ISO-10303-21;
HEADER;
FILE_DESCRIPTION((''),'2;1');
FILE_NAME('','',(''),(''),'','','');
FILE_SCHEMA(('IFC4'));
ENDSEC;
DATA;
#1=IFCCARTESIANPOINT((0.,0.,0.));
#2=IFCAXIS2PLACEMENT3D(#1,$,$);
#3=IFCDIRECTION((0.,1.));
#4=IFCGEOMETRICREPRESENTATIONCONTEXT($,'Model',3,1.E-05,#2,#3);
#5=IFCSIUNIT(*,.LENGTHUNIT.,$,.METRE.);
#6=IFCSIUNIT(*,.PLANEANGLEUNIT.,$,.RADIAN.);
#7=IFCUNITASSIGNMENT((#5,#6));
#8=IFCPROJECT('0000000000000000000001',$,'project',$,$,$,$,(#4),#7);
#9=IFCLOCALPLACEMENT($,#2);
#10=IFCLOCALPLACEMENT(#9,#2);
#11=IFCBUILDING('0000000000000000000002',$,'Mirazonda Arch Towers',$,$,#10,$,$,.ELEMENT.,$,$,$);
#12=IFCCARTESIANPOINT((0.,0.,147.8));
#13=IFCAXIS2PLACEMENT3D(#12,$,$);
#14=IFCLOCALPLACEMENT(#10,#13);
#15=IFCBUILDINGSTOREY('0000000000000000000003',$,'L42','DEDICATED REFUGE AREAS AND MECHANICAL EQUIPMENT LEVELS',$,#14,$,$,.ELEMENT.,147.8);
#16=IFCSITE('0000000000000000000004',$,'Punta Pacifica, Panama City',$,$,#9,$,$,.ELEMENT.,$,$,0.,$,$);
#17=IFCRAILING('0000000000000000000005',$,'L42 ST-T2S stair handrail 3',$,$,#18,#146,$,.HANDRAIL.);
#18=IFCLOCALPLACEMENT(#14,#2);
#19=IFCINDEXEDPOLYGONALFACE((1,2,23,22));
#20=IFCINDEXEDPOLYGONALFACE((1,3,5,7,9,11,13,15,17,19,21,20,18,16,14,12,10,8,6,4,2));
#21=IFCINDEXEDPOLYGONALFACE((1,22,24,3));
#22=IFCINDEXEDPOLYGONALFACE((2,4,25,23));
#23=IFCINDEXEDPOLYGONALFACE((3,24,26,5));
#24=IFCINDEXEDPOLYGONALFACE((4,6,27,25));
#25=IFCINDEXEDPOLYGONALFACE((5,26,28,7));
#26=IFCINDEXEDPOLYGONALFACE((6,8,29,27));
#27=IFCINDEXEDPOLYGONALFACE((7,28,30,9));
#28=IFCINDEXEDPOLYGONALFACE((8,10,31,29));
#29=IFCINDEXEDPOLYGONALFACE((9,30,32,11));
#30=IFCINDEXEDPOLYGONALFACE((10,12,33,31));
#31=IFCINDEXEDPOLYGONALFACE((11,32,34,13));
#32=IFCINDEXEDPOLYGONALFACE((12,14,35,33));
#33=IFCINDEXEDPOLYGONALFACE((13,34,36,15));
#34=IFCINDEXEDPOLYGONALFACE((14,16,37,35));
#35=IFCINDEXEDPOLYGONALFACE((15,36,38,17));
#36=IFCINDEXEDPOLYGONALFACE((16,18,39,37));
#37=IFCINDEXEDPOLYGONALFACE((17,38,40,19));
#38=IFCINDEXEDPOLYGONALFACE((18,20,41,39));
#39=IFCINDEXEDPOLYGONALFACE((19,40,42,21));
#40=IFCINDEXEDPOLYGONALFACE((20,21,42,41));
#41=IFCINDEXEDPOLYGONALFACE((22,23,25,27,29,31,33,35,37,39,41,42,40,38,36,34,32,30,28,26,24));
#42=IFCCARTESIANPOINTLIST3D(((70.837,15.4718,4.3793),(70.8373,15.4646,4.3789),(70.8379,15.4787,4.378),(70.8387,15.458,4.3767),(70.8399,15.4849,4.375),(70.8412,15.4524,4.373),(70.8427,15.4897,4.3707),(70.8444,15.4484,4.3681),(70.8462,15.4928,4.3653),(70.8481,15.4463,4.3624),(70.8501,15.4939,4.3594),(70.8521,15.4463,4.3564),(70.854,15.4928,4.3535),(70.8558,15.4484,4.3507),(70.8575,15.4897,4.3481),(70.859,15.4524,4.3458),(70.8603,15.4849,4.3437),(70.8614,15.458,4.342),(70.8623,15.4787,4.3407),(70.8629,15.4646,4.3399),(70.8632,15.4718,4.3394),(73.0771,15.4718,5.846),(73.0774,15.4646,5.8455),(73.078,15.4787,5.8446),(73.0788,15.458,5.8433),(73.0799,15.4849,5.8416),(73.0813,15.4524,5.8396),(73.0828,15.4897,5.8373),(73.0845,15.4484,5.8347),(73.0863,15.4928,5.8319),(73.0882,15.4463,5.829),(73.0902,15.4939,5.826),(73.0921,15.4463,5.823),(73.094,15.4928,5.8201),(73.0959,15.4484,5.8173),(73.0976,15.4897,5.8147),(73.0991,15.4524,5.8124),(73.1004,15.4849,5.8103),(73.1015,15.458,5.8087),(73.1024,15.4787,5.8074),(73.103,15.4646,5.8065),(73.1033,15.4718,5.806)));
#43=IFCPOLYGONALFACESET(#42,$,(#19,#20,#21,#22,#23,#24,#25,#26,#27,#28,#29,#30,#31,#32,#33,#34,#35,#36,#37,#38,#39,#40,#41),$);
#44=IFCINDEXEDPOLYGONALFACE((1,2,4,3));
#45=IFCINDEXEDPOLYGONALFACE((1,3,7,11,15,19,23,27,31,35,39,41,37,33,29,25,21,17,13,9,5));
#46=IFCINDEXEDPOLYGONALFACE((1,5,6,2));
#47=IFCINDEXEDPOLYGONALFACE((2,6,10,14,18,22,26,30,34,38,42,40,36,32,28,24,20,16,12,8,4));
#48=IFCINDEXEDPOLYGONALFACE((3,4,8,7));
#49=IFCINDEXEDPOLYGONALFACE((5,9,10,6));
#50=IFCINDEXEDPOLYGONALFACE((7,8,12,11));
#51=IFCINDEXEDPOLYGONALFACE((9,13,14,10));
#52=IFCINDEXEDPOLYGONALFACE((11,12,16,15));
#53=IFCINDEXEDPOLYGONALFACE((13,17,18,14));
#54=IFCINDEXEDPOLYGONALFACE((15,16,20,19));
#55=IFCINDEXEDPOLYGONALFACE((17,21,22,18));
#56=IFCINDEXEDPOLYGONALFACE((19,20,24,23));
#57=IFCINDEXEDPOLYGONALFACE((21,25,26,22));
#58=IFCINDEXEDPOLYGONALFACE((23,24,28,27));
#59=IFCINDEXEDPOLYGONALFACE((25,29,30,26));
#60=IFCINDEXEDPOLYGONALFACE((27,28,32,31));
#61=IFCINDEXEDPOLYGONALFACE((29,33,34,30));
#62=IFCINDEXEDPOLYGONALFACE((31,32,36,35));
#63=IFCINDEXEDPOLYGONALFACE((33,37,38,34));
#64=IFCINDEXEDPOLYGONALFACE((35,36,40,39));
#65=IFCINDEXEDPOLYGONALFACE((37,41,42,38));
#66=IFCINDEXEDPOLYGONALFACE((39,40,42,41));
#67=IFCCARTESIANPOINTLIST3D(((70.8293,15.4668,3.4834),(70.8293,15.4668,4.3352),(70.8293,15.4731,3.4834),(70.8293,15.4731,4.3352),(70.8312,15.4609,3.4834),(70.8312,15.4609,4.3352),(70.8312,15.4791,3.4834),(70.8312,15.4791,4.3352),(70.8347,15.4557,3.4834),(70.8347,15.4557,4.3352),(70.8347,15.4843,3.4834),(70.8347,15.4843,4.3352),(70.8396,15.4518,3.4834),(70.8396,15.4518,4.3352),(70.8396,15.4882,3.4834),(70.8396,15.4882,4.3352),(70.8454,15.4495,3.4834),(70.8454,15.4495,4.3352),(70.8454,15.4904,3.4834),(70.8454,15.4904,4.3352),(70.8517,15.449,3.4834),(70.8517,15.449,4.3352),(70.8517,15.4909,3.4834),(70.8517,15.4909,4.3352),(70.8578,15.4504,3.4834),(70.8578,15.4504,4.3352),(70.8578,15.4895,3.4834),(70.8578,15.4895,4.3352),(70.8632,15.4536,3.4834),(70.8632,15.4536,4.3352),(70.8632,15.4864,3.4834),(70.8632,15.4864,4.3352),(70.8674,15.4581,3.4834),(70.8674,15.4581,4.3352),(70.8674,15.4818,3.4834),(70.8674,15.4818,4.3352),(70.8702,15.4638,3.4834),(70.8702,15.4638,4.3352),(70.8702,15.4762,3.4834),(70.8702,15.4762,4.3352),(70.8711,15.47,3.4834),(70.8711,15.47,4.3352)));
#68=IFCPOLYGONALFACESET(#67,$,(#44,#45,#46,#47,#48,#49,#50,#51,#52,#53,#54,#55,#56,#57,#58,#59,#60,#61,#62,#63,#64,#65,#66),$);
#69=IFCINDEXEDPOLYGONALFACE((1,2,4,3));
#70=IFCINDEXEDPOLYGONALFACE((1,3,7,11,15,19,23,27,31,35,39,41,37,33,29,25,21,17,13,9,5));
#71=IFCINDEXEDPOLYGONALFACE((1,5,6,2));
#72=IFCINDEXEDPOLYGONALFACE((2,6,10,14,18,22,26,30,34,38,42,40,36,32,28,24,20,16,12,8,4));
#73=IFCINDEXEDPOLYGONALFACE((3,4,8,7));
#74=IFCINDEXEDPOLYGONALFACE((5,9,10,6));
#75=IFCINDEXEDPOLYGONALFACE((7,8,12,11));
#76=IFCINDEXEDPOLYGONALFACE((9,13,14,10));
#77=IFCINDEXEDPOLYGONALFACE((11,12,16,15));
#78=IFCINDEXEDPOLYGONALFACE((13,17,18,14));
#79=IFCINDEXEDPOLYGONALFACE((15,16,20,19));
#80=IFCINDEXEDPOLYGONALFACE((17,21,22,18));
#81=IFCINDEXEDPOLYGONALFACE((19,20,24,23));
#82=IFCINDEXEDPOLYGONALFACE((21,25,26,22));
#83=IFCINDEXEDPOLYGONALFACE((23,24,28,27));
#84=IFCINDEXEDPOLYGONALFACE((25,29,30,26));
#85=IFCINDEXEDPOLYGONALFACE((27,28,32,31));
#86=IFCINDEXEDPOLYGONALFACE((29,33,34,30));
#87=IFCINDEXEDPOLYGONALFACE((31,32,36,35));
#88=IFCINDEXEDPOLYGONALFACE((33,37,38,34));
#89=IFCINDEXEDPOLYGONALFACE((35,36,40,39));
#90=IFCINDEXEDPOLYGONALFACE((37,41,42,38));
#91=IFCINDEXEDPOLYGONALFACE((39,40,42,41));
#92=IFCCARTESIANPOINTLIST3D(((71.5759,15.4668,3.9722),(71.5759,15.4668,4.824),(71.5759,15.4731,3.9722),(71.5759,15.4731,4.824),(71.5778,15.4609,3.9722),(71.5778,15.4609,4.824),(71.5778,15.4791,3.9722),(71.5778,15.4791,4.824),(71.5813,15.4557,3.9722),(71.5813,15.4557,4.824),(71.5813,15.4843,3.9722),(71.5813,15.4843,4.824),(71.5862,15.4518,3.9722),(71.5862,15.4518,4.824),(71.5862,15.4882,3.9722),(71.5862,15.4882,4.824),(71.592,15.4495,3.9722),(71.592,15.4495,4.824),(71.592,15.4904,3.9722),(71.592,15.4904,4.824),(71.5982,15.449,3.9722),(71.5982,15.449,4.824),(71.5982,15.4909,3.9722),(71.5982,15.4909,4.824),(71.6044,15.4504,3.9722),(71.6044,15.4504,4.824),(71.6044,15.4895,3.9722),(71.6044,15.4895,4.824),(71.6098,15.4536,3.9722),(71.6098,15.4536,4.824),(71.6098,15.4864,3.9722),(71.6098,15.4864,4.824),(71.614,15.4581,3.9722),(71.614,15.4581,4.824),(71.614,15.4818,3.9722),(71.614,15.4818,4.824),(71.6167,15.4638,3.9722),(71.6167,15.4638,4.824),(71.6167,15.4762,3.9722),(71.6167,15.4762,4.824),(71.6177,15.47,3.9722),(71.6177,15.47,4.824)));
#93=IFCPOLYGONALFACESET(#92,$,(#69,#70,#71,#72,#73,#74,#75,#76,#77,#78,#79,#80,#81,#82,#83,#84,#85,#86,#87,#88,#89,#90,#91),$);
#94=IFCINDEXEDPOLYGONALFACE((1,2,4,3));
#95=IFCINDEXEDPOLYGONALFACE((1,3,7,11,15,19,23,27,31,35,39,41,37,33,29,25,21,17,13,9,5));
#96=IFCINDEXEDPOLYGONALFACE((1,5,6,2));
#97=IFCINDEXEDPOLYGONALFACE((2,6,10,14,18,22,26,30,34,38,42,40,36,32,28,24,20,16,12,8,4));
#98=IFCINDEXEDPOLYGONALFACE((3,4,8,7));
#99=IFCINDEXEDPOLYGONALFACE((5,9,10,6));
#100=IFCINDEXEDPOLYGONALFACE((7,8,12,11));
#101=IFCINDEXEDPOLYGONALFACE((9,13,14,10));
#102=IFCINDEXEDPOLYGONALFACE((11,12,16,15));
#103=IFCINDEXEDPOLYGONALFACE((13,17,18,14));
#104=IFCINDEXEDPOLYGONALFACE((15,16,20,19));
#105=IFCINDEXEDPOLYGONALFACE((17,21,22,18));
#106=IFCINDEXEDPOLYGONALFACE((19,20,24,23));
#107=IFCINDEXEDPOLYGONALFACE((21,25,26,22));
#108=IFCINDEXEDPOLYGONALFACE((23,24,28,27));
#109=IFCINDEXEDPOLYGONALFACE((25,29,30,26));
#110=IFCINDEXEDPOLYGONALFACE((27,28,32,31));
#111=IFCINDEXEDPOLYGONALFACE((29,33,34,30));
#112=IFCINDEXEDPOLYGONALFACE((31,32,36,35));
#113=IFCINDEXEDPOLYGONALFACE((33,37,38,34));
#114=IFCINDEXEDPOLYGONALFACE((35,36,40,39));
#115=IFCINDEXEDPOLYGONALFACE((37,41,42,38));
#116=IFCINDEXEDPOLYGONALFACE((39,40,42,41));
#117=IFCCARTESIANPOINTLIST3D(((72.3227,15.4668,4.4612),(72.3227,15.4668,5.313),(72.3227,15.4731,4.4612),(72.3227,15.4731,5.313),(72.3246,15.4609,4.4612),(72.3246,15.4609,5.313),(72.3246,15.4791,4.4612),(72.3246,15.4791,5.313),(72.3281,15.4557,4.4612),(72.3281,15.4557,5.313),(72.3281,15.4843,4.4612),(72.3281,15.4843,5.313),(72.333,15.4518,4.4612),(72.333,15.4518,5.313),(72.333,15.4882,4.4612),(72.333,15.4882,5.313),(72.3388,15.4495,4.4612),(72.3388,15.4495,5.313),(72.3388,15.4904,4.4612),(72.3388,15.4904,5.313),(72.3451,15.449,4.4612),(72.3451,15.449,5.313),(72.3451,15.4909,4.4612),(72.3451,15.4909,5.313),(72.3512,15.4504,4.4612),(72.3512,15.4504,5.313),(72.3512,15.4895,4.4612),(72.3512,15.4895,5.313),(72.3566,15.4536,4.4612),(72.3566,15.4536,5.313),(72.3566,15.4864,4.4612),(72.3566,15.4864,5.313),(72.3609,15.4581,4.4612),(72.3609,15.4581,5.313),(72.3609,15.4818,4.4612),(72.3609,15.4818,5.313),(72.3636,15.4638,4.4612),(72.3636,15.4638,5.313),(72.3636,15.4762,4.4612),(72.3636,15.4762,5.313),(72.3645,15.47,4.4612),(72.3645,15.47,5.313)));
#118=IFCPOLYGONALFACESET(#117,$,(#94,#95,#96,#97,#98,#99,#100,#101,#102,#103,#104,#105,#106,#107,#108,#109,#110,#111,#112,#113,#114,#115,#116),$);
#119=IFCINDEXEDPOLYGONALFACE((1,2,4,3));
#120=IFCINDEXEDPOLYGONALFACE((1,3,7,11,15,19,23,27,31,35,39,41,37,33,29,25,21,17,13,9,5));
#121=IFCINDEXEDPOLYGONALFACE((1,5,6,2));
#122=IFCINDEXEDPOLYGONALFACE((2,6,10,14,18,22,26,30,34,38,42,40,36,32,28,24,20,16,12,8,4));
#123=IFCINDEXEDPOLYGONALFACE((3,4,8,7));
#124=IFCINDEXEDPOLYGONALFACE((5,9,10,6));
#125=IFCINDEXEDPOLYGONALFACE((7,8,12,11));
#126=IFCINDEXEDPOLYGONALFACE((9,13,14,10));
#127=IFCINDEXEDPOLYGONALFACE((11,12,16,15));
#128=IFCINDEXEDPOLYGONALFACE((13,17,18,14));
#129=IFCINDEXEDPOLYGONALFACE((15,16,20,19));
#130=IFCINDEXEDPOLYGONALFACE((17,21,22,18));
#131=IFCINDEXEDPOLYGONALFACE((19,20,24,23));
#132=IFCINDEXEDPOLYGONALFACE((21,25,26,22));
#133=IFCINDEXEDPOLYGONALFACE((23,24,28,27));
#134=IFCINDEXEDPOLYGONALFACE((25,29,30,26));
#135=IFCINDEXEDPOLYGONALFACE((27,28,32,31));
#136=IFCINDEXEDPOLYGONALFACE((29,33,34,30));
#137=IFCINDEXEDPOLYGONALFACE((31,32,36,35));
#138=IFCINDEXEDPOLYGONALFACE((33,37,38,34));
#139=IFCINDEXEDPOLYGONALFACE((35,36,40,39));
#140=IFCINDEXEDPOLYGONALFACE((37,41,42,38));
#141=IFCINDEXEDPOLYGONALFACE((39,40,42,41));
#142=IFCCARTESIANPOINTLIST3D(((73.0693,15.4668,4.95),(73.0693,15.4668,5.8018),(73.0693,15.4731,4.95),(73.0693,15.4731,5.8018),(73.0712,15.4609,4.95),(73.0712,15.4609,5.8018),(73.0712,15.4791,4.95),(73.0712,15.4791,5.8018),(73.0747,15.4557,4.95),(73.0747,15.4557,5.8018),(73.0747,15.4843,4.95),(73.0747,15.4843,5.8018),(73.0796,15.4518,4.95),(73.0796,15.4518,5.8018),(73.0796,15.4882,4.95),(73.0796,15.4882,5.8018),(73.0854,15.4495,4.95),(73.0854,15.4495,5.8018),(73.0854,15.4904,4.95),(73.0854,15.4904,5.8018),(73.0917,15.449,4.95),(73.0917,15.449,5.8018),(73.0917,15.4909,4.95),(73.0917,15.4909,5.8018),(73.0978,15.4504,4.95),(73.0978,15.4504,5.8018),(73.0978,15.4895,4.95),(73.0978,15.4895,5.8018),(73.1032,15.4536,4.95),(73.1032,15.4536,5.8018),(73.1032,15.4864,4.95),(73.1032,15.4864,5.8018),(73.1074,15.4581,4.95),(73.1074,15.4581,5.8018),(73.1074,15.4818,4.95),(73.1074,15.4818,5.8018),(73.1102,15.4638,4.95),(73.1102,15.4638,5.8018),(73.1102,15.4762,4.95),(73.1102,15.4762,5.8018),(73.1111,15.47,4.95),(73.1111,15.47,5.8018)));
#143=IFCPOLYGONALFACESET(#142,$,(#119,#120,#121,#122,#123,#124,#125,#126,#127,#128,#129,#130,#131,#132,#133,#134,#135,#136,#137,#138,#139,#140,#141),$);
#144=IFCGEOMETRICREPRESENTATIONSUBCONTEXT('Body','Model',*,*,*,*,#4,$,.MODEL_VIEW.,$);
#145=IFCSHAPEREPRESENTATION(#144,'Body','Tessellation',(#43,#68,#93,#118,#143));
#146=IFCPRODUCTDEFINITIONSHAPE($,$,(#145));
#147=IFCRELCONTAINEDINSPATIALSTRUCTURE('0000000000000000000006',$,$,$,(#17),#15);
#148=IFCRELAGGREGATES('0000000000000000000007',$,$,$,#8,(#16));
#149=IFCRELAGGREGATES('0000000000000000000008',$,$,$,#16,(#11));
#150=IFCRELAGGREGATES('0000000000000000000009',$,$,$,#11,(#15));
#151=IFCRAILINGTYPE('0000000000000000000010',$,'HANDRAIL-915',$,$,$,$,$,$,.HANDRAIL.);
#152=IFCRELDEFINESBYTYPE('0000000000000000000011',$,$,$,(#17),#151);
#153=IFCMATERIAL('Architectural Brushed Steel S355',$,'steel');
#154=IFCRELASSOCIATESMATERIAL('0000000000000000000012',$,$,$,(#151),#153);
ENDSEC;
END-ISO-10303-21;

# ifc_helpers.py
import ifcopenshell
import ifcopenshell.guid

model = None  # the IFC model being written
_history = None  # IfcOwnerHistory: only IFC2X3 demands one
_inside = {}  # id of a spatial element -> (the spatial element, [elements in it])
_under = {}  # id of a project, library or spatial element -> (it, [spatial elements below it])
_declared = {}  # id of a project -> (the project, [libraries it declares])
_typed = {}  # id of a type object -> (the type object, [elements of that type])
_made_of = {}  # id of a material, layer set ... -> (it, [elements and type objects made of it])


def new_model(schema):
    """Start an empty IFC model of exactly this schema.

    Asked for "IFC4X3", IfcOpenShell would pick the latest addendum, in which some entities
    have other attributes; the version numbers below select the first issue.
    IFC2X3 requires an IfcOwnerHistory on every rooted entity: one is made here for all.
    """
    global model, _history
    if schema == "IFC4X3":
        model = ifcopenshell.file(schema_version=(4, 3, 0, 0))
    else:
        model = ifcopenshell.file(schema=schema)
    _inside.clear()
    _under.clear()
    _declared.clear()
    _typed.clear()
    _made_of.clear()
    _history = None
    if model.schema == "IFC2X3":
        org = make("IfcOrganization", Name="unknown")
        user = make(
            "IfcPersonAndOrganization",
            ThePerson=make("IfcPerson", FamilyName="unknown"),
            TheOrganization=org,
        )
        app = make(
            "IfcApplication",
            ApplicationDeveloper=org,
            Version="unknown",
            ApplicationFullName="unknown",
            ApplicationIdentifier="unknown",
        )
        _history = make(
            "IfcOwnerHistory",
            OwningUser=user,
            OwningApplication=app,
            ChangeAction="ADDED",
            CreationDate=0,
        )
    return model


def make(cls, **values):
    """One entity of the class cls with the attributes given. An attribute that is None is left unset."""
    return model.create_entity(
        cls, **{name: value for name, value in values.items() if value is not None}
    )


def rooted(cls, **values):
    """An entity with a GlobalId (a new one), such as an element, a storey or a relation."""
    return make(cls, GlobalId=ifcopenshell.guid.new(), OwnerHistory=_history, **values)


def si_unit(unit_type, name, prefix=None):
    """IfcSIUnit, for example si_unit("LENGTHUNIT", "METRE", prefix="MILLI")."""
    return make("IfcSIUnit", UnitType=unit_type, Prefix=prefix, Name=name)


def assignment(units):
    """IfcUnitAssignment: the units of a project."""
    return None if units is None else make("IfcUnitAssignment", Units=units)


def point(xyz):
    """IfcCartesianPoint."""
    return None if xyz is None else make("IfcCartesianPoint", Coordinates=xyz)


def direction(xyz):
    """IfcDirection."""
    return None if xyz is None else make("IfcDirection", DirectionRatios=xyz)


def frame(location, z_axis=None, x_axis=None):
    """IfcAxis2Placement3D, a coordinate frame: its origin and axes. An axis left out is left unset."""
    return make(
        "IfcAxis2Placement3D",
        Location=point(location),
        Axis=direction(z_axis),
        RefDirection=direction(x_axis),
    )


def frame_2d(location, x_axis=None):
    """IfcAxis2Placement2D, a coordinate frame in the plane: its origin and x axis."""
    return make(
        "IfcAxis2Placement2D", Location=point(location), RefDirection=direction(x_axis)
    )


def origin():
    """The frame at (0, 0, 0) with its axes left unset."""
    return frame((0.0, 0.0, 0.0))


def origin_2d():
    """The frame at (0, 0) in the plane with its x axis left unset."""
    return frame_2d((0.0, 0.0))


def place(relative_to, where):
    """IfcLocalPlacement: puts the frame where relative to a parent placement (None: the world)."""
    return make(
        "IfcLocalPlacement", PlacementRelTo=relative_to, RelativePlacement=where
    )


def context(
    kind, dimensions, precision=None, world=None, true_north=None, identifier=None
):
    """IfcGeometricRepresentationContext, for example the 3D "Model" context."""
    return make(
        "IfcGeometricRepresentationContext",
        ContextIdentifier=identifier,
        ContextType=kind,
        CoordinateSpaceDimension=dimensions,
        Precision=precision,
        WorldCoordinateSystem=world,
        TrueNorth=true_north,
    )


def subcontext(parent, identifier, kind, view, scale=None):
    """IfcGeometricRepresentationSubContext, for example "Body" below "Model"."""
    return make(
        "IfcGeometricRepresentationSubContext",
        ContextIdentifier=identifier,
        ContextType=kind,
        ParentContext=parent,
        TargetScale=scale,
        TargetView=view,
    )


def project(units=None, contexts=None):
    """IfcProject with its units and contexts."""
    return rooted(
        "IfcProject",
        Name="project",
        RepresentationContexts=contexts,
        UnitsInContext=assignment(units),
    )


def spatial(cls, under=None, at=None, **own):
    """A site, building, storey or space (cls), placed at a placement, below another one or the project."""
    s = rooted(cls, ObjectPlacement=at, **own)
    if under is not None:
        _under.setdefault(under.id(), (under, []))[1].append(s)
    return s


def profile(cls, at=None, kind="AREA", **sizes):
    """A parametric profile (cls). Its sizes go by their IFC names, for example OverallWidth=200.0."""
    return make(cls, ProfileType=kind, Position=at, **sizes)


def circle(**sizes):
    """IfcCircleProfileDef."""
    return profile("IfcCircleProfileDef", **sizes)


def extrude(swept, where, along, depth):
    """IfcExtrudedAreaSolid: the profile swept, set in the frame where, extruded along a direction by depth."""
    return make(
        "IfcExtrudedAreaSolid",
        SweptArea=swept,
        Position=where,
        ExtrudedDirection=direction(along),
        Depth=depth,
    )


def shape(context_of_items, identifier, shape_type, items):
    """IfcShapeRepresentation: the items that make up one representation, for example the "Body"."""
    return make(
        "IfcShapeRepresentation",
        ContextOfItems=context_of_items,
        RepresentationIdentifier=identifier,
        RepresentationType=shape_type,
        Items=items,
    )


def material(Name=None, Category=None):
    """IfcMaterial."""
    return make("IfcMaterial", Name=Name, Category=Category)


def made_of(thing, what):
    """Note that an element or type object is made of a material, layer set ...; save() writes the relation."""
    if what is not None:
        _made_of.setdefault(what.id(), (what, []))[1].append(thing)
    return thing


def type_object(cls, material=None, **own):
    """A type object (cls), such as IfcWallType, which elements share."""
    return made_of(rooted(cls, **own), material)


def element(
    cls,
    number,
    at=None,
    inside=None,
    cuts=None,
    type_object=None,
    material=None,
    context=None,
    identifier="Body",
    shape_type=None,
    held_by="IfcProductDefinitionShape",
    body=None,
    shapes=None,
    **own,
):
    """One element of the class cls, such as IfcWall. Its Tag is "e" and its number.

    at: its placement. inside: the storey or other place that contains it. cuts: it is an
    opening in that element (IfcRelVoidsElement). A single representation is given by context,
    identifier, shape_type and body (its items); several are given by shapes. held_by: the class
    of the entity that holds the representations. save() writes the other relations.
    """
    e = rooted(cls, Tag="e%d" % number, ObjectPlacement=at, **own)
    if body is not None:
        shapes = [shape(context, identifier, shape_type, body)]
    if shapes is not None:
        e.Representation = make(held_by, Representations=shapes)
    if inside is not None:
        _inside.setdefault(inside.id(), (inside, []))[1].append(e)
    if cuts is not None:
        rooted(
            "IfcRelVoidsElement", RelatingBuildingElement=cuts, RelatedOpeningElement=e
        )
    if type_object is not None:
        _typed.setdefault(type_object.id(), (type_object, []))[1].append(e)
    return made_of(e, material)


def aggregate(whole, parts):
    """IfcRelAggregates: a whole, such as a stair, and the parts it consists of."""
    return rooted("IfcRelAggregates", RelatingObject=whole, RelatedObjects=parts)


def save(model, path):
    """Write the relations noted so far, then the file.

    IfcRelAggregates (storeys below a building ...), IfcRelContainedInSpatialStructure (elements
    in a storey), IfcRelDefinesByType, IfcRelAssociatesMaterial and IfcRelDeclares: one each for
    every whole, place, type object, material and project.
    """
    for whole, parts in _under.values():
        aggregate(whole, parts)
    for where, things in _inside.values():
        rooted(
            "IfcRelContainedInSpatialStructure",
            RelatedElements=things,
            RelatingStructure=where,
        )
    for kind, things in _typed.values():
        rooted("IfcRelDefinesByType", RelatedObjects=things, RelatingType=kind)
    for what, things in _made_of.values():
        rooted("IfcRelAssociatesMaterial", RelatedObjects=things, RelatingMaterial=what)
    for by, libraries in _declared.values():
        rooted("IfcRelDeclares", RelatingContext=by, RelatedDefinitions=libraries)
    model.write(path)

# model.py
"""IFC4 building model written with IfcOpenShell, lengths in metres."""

from ifc_helpers import new_model, si_unit, direction, frame, origin, origin_2d, place, context, subcontext, project, spatial, circle, extrude, material, type_object, element, save


model = new_model("IFC4")

# Units and contexts
model_context = context("Model", 3, precision=1e-05, world=origin(), true_north=direction((0.0, 1.0)))
body_context = subcontext(model_context, "Body", "Model", "MODEL_VIEW")
ifc_project = project(units=[si_unit("LENGTHUNIT", "METRE"), si_unit("PLANEANGLEUNIT", "RADIAN")], contexts=[model_context])

# Site, building, storey
site_placement = place(None, origin())
site = spatial("IfcSite", under=ifc_project, at=site_placement, Name="Punta Pacifica, Panama City", CompositionType="ELEMENT", RefElevation=0.0)
building_placement = place(site_placement, origin())
building = spatial("IfcBuilding", under=site, at=building_placement, Name="Mirazonda Arch Towers", CompositionType="ELEMENT")
storey_placement = place(building_placement, frame((0.0, 0.0, 147.8)))
storey = spatial("IfcBuildingStorey", under=building, at=storey_placement, Name="L42", Description="DEDICATED REFUGE AREAS AND MECHANICAL EQUIPMENT LEVELS", CompositionType="ELEMENT", Elevation=147.8)

# Shared definitions
ifc_material_1 = material(Name="Architectural Brushed Steel S355", Category="steel")

# Railing
railing_type_1 = type_object("IfcRailingType", Name="HANDRAIL-915", PredefinedType="HANDRAIL", material=ifc_material_1)
railing_1_placement = place(storey_placement, frame((70.8501, 15.47, 3.4834)))
element("IfcRailing", 1, at=railing_1_placement, inside=storey, type_object=railing_type_1, Name="L42 ST-T2S stair handrail 3", PredefinedType="HANDRAIL", context=body_context, shape_type="SweptSolid", body=[
    extrude(circle(Radius=0.0239, at=origin_2d()), frame((0.0, 0.0, 0.876), z_axis=(0.836637, 0.0, 0.547758), x_axis=(0.0, 1.0, 0.0)), (0.0, 0.0, 1.0), 2.6775),
    extrude(circle(Radius=0.021, at=origin_2d()), origin(), (0.0, 0.0, 1.0), 0.8518),
    extrude(circle(Radius=0.021, at=origin_2d()), frame((0.7466, 0.0, 0.4888)), (0.0, 0.0, 1.0), 0.8518),
    extrude(circle(Radius=0.021, at=origin_2d()), frame((1.4934, 0.0, 0.9778)), (0.0, 0.0, 1.0), 0.8518),
    extrude(circle(Radius=0.021, at=origin_2d()), frame((2.24, 0.0, 1.4666)), (0.0, 0.0, 1.0), 0.8518),
])

save(model, "model.ifc")
